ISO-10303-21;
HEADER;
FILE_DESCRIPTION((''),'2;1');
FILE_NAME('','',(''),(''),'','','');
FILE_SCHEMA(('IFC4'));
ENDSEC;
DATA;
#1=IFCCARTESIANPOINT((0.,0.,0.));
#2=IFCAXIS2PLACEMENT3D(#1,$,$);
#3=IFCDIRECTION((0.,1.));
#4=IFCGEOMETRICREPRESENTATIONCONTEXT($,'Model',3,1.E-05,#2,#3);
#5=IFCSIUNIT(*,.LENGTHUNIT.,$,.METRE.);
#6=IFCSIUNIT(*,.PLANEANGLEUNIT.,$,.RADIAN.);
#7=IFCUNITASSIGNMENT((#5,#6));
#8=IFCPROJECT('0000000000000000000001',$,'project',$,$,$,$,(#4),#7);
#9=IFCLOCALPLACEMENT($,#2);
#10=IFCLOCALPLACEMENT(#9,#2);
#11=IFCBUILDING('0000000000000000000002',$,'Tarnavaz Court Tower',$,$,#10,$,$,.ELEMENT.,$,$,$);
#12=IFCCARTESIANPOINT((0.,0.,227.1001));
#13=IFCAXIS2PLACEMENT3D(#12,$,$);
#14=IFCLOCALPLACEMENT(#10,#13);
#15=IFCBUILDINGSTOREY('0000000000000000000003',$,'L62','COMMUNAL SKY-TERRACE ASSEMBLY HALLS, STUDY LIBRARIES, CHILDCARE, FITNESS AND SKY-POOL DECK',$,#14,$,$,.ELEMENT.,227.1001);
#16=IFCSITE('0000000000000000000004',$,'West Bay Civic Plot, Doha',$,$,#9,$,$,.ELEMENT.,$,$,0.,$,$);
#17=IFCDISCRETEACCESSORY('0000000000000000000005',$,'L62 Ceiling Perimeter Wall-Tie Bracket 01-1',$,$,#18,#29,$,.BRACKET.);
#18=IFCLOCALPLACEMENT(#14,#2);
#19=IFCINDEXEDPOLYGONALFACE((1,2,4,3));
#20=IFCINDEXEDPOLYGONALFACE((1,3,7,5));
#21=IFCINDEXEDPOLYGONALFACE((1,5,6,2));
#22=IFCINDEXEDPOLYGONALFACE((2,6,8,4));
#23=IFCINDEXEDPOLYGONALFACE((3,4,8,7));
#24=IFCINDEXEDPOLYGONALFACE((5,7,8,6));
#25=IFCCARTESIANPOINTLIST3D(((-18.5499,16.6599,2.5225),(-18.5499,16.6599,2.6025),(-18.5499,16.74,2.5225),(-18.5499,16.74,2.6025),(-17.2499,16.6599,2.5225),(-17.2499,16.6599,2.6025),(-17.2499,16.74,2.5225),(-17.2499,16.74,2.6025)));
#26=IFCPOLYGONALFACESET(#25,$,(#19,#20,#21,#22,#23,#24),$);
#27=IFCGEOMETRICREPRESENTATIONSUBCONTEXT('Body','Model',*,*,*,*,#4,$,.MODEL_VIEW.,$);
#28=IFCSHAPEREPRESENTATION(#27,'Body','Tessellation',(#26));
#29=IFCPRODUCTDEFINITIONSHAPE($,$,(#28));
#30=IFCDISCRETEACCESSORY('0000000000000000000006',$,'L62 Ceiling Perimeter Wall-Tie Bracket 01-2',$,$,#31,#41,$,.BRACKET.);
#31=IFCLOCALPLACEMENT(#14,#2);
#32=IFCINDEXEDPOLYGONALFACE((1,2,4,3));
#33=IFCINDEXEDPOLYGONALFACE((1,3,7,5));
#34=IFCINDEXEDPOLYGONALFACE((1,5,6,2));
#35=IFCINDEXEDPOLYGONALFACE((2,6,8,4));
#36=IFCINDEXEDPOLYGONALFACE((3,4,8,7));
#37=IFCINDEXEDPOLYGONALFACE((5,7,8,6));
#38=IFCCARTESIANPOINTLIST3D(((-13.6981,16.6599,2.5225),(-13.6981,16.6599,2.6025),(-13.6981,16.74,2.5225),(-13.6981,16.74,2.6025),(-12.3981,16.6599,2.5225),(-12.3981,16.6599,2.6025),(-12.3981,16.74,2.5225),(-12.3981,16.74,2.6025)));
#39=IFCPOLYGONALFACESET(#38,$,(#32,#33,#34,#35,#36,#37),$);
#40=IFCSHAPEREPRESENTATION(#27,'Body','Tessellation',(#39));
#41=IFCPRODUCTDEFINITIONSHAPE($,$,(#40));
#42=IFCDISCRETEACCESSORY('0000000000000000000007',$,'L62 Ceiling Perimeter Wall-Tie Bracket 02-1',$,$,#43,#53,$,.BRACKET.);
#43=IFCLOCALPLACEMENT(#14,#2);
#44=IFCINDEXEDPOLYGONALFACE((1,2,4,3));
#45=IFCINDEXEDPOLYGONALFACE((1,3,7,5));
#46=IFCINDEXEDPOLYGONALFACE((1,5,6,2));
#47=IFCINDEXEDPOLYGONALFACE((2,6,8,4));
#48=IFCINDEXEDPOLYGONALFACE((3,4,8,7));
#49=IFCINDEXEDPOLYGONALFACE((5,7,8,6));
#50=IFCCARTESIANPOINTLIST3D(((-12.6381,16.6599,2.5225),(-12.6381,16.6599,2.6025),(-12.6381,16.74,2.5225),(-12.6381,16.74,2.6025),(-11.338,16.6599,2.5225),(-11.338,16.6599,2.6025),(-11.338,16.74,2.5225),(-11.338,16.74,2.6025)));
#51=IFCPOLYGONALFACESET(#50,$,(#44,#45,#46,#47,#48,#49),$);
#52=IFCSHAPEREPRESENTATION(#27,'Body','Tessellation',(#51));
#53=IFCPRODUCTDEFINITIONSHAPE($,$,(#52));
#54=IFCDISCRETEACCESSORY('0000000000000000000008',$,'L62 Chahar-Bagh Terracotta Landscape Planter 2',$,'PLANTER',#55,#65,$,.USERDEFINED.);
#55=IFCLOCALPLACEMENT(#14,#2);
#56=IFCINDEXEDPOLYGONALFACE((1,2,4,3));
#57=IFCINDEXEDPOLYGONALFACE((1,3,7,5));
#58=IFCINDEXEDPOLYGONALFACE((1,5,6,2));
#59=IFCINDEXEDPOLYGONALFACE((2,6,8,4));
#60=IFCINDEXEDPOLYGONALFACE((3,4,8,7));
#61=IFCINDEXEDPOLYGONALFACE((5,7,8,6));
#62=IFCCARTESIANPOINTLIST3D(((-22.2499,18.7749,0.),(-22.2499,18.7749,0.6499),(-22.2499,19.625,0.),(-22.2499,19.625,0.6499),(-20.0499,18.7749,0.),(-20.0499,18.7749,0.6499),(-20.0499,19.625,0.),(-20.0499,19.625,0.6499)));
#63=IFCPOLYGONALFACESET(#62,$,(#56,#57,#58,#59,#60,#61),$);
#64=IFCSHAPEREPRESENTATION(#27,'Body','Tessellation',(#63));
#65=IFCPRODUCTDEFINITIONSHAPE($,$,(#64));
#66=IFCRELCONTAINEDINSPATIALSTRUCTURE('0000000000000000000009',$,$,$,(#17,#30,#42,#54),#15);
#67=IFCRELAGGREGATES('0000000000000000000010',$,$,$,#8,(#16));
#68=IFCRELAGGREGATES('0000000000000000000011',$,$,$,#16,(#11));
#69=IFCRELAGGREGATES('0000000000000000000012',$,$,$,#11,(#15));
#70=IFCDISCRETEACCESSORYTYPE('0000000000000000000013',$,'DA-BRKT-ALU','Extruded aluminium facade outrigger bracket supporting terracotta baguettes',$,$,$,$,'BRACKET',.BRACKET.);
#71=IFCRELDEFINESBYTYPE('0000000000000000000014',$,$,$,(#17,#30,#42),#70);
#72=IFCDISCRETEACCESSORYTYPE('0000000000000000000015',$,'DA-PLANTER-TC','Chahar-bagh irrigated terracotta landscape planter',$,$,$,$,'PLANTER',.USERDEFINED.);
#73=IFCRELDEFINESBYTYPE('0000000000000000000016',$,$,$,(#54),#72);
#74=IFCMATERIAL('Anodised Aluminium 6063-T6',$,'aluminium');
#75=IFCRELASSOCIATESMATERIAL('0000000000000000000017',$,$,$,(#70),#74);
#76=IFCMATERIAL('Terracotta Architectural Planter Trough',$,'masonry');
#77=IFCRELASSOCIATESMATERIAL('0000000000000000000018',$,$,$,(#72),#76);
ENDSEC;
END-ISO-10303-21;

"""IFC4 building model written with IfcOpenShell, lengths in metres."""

from ifc_helpers import new_model, si_unit, direction, frame, origin, origin_2d, place, context, subcontext, project, spatial, rectangle, extrude, material, type_object, element, save


model = new_model("IFC4")

# Units and contexts
model_context = context("Model", 3, precision=1e-05, world=origin(), true_north=direction((0.0, 1.0)))
body_context = subcontext(model_context, "Body", "Model", "MODEL_VIEW")
ifc_project = project(units=[si_unit("LENGTHUNIT", "METRE"), si_unit("PLANEANGLEUNIT", "RADIAN")], contexts=[model_context])

# Site, building, storey
site_placement = place(None, origin())
site = spatial("IfcSite", under=ifc_project, at=site_placement, Name="West Bay Civic Plot, Doha", CompositionType="ELEMENT", RefElevation=0.0)
building_placement = place(site_placement, origin())
building = spatial("IfcBuilding", under=site, at=building_placement, Name="Tarnavaz Court Tower", CompositionType="ELEMENT")
storey_placement = place(building_placement, frame((0.0, 0.0, 227.1001)))
storey = spatial("IfcBuildingStorey", under=building, at=storey_placement, Name="L62", Description="COMMUNAL SKY-TERRACE ASSEMBLY HALLS, STUDY LIBRARIES, CHILDCARE, FITNESS AND SKY-POOL DECK", CompositionType="ELEMENT", Elevation=227.1001)

# Discrete accessories
ifc_material_1 = material(Name="Anodised Aluminium 6063-T6", Category="aluminium")
discrete_accessory_type_1 = type_object("IfcDiscreteAccessoryType", Name="DA-BRKT-ALU", Description="Extruded aluminium facade outrigger bracket supporting terracotta baguettes", ElementType="BRACKET", PredefinedType="BRACKET", material=ifc_material_1)
for number, where, z_axis, x_axis, name in (
    (1, (-17.8999, 16.7, 2.5225), (0.0, 0.0, 1.0), (1.0, 0.0, 0.0), "L62 Ceiling Perimeter Wall-Tie Bracket 01-1"),
    (2, (-13.0481, 16.7, 2.5225), (0.0, 0.0, 1.0), (1.0, 0.0, 0.0), "L62 Ceiling Perimeter Wall-Tie Bracket 01-2"),
    (3, (-11.988, 16.7, 2.5225), (0.0, 0.0, 1.0), (1.0, 0.0, 0.0), "L62 Ceiling Perimeter Wall-Tie Bracket 02-1"),
):
    element("IfcDiscreteAccessory", number, at=place(storey_placement, frame(where, z_axis=z_axis, x_axis=x_axis)), inside=storey, type_object=discrete_accessory_type_1, Name=name, PredefinedType="BRACKET", context=body_context, shape_type="SweptSolid", body=[
        extrude(rectangle(XDim=1.3, YDim=0.0801, at=origin_2d()), origin(), (0.0, 0.0, 1.0), 0.0801),
    ])
ifc_material_2 = material(Name="Terracotta Architectural Planter Trough", Category="masonry")
discrete_accessory_type_2 = type_object("IfcDiscreteAccessoryType", Name="DA-PLANTER-TC", Description="Chahar-bagh irrigated terracotta landscape planter", ElementType="PLANTER", PredefinedType="USERDEFINED", material=ifc_material_2)
discrete_accessory_placement = place(storey_placement, frame((-21.1499, 19.2, 0.0), z_axis=(0.0, 0.0, 1.0), x_axis=(1.0, 0.0, 0.0)))
element("IfcDiscreteAccessory", 4, at=discrete_accessory_placement, inside=storey, type_object=discrete_accessory_type_2, Name="L62 Chahar-Bagh Terracotta Landscape Planter 2", ObjectType="PLANTER", PredefinedType="USERDEFINED", context=body_context, shape_type="SweptSolid", body=[
    extrude(rectangle(XDim=2.2, YDim=0.8501, at=origin_2d()), origin(), (0.0, 0.0, 1.0), 0.6499),
])

save(model, "model.ifc")
